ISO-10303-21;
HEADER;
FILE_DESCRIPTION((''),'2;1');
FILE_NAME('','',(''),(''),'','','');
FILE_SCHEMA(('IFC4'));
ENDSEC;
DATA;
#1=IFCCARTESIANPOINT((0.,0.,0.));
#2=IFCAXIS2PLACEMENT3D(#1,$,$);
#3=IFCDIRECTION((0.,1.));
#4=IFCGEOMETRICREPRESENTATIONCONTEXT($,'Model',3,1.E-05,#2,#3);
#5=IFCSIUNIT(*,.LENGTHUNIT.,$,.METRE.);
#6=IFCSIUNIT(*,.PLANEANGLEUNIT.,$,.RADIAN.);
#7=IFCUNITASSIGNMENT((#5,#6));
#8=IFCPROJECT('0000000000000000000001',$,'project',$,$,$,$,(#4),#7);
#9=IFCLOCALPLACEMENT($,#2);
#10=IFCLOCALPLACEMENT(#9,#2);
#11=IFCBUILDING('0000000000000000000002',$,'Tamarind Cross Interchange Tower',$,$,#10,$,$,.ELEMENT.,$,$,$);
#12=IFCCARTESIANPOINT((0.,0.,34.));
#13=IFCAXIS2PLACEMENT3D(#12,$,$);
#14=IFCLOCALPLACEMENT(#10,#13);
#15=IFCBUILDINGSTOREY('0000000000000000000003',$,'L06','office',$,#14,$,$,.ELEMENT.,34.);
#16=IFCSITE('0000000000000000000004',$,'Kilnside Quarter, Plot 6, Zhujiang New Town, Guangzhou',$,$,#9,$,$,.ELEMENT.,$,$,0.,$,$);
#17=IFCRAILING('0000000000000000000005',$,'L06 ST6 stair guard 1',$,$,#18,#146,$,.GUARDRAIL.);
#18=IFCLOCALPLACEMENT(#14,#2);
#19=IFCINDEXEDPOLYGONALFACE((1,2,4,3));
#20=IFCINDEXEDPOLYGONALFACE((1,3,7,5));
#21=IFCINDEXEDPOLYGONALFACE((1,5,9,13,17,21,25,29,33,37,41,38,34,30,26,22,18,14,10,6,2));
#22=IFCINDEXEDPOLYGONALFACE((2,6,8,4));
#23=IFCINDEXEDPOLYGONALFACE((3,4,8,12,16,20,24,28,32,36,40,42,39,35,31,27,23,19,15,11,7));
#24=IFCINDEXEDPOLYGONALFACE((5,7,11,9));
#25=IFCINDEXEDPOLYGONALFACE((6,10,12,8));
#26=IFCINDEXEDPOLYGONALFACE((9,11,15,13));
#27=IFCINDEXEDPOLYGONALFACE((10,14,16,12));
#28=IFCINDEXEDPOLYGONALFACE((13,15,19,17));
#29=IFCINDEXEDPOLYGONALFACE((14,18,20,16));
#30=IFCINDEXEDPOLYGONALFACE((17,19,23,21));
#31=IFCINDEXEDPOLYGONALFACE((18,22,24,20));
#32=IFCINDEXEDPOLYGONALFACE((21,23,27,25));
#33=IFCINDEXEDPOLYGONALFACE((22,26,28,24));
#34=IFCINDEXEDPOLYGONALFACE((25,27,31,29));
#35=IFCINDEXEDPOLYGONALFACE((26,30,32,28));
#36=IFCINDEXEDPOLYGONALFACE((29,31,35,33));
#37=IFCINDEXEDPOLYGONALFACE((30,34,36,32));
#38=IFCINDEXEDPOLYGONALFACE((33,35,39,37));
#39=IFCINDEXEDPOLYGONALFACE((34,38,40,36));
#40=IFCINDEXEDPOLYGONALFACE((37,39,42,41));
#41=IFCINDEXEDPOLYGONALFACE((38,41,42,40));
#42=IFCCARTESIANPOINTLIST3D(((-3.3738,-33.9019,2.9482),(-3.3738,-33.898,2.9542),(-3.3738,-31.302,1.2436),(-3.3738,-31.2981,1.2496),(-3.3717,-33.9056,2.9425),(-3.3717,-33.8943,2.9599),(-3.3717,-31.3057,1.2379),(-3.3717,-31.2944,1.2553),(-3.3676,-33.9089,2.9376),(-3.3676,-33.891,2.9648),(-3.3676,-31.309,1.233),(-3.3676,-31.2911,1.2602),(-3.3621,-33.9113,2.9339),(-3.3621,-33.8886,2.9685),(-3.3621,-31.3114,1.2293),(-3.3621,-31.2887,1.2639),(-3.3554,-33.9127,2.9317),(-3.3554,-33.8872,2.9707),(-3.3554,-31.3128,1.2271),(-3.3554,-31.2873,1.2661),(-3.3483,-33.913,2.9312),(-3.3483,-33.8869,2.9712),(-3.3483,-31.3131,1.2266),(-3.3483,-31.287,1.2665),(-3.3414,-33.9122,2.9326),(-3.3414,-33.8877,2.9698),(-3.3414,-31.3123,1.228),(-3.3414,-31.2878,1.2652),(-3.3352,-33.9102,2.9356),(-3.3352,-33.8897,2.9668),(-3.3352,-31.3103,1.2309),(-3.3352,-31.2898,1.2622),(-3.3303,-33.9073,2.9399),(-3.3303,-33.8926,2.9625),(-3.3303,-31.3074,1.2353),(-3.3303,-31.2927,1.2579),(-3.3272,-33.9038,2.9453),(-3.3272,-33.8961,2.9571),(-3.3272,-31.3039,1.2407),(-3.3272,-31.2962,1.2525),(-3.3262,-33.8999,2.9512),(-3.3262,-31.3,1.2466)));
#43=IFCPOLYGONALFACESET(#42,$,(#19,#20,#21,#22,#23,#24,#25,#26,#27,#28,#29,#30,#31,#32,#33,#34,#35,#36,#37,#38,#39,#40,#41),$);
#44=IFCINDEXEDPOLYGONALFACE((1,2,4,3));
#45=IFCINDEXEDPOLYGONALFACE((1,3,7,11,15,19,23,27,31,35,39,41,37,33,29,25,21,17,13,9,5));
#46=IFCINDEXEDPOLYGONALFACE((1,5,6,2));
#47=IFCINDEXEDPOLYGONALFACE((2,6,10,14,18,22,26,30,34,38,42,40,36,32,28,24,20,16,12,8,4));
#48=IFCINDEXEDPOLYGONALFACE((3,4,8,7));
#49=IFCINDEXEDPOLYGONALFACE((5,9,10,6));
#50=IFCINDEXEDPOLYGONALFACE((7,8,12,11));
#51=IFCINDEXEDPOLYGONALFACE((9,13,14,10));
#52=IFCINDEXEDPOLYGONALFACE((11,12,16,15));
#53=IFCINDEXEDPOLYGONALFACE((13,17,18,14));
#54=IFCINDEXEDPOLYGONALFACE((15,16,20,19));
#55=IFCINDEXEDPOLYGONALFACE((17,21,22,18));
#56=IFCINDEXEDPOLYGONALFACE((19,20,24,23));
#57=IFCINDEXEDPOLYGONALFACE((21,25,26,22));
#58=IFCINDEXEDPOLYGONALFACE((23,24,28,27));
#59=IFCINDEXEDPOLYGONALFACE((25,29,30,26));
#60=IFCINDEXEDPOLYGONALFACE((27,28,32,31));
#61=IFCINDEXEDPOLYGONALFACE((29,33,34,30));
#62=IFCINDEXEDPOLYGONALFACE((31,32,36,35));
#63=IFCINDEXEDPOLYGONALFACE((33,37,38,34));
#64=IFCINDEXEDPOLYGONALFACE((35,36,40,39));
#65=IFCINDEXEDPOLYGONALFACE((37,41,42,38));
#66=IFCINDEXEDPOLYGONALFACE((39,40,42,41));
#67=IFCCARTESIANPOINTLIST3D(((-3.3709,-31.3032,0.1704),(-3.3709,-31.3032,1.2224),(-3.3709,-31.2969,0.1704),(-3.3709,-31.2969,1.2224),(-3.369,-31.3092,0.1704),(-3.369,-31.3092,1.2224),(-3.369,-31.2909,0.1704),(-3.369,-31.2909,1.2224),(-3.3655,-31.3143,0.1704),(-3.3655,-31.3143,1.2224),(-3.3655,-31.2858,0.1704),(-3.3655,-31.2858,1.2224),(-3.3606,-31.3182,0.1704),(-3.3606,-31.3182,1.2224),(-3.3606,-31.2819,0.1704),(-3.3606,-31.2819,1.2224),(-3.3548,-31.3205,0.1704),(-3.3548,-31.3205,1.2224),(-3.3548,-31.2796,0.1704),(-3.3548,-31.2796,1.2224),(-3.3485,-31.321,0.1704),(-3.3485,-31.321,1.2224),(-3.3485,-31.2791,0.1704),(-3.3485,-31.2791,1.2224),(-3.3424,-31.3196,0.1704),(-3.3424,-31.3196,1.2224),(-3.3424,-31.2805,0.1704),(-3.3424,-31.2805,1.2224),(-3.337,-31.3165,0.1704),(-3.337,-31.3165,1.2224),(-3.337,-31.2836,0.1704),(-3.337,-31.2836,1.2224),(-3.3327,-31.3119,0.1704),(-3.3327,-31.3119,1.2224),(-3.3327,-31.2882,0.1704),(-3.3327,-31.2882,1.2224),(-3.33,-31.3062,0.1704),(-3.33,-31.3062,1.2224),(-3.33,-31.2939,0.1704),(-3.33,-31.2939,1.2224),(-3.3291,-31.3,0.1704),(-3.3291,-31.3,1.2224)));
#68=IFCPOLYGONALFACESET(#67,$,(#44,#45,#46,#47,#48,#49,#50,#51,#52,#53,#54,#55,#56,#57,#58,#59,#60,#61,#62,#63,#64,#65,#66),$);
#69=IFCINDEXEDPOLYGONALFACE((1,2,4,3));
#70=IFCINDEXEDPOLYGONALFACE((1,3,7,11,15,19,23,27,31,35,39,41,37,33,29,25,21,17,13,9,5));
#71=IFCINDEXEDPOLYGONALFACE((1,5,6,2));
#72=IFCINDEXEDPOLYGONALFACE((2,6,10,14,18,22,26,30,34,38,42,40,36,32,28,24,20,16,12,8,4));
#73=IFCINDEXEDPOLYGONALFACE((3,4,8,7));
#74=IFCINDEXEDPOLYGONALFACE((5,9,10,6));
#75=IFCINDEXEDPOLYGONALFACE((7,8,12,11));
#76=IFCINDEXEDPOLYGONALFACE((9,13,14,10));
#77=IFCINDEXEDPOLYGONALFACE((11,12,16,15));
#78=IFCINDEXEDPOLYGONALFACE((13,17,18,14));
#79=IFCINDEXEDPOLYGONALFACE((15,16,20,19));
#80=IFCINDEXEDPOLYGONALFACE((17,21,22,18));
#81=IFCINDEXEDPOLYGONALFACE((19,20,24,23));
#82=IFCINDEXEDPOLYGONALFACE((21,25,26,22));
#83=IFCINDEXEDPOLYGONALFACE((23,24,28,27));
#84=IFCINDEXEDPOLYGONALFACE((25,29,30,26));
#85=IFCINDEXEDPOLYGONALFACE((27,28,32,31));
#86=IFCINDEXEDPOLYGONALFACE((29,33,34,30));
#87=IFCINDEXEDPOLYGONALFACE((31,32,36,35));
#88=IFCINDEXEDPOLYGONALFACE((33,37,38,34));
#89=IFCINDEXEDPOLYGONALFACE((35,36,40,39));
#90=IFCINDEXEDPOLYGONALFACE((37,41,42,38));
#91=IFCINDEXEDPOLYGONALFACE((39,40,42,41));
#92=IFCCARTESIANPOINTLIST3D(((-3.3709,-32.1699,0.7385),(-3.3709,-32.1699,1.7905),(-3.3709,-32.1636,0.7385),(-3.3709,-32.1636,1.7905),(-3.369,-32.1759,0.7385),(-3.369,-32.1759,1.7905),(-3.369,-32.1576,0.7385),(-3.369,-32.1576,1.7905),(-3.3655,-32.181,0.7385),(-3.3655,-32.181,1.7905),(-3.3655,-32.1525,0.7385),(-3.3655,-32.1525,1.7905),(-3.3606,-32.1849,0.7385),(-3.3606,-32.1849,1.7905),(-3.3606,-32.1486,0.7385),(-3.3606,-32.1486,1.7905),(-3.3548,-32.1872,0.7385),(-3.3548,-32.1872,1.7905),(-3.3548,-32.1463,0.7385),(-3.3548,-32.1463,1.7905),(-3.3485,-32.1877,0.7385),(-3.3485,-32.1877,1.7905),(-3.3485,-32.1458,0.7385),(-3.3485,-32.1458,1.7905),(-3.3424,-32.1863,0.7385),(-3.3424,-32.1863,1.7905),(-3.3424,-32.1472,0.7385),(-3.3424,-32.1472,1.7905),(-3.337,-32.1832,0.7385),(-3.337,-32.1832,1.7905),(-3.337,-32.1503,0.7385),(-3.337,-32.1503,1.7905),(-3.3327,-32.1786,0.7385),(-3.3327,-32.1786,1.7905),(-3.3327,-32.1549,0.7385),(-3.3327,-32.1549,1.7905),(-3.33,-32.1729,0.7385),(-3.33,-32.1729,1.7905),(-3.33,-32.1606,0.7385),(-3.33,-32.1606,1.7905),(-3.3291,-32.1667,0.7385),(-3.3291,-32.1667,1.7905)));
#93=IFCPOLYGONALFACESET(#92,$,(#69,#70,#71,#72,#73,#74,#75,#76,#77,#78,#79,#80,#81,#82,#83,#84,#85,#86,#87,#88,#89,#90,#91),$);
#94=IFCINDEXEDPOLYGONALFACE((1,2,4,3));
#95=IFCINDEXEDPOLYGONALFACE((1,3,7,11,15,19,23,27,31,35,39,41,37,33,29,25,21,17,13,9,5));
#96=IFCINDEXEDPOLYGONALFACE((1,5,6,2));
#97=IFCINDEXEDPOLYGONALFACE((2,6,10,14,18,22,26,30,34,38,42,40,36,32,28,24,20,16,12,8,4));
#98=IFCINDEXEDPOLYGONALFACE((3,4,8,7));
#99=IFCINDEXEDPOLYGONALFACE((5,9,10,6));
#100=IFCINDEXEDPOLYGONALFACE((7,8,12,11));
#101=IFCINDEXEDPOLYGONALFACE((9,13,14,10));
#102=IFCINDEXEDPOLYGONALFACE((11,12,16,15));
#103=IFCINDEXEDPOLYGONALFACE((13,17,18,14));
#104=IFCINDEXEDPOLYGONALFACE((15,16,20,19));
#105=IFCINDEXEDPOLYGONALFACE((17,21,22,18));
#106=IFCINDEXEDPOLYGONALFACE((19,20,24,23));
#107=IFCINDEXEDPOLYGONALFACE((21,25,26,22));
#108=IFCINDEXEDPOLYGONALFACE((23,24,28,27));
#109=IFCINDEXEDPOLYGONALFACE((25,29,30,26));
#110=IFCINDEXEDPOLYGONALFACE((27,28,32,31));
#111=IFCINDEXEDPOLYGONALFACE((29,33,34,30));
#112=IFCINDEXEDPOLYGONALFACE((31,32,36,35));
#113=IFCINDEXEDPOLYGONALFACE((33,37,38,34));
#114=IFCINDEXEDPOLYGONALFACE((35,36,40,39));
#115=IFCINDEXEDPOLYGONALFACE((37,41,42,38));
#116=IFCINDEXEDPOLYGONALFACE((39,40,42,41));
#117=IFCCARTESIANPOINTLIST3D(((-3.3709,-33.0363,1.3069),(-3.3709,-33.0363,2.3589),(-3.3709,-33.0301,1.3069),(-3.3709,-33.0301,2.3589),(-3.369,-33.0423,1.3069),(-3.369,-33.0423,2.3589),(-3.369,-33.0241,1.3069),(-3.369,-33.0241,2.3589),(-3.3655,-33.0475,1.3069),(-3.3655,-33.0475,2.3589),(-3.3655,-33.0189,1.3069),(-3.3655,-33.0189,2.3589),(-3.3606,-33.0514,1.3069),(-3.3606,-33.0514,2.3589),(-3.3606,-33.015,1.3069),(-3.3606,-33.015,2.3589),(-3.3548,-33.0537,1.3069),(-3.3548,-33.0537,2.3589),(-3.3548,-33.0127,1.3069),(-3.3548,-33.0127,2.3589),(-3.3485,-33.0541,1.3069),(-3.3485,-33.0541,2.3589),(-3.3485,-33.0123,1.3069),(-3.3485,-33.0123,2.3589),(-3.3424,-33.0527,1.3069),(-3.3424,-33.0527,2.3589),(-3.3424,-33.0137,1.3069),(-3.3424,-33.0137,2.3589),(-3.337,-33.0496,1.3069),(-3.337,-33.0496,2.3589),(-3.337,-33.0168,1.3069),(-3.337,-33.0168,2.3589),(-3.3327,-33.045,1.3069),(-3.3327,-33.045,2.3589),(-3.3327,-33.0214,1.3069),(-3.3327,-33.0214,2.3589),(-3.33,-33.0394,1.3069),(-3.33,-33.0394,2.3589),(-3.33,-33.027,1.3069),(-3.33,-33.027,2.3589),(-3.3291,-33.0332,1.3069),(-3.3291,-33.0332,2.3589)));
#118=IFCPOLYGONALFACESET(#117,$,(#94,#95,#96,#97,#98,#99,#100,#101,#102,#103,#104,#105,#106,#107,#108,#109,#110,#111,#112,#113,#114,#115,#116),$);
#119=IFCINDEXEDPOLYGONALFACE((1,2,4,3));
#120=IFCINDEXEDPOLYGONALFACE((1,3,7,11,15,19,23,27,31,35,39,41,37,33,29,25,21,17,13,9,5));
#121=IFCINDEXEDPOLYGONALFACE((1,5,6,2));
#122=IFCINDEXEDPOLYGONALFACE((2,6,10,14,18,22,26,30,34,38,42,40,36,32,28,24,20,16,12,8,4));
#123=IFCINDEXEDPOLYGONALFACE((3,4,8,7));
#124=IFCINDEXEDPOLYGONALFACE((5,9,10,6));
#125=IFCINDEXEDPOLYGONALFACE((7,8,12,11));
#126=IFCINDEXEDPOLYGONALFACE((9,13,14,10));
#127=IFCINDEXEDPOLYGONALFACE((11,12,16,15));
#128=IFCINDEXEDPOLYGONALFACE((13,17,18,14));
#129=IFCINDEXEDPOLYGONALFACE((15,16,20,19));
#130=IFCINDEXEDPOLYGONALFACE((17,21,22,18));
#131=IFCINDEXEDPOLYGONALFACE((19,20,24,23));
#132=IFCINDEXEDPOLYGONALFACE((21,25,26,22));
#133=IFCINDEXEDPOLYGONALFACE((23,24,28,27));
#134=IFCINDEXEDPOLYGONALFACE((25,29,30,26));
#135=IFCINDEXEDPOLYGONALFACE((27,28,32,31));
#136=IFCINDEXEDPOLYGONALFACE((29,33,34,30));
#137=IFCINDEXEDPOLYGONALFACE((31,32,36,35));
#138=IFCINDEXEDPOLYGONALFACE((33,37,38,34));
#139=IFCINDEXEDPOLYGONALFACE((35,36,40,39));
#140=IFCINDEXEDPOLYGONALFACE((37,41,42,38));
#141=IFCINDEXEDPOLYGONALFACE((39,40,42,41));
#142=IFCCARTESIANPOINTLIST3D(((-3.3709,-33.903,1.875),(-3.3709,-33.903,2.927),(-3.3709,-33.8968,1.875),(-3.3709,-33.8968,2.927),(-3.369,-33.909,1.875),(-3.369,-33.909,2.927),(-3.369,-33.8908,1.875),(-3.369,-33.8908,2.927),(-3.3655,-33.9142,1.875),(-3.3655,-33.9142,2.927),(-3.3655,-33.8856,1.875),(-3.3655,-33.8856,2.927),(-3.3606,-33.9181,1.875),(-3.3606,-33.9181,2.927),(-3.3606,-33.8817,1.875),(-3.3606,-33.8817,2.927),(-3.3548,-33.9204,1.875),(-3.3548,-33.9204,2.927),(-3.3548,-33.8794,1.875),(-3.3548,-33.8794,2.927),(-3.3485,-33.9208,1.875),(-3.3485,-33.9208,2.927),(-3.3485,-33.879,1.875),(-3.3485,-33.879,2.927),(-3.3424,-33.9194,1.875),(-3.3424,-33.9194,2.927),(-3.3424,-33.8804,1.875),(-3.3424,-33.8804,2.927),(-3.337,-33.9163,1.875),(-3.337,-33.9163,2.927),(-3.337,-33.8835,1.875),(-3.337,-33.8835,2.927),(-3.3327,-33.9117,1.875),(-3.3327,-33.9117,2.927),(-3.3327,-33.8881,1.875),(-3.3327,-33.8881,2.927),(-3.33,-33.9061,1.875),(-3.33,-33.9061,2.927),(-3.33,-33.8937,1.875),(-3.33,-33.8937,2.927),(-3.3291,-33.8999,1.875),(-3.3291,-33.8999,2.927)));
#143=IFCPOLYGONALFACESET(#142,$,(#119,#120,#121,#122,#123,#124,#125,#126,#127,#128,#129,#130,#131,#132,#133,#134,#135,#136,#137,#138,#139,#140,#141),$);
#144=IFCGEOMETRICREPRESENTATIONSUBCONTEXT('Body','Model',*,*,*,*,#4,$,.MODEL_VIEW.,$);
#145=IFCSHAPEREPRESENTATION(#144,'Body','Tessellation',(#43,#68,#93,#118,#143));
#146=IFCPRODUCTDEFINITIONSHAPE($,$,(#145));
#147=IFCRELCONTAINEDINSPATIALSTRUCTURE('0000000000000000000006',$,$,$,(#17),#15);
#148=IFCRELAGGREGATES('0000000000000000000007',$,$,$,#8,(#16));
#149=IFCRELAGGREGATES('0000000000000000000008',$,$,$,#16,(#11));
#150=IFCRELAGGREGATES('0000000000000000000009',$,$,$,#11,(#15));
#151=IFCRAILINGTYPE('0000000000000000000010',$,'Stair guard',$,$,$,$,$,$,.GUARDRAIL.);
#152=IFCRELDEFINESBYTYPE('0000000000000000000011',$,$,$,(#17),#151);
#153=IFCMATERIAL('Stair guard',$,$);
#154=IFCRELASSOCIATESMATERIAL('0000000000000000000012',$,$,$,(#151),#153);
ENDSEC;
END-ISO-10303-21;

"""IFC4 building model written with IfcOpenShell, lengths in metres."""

from ifc_helpers import new_model, si_unit, direction, frame, origin, origin_2d, place, context, subcontext, project, spatial, circle, extrude, material, type_object, element, save


model = new_model("IFC4")

# Units and contexts
model_context = context("Model", 3, precision=1e-05, world=origin(), true_north=direction((0.0, 1.0)))
body_context = subcontext(model_context, "Body", "Model", "MODEL_VIEW")
ifc_project = project(units=[si_unit("LENGTHUNIT", "METRE"), si_unit("PLANEANGLEUNIT", "RADIAN")], contexts=[model_context])

# Site, building, storey
site_placement = place(None, origin())
site = spatial("IfcSite", under=ifc_project, at=site_placement, Name="Kilnside Quarter, Plot 6, Zhujiang New Town, Guangzhou", CompositionType="ELEMENT", RefElevation=0.0)
building_placement = place(site_placement, origin())
building = spatial("IfcBuilding", under=site, at=building_placement, Name="Tamarind Cross Interchange Tower", CompositionType="ELEMENT")
storey_placement = place(building_placement, frame((0.0, 0.0, 34.0)))
storey = spatial("IfcBuildingStorey", under=building, at=storey_placement, Name="L06", Description="office", CompositionType="ELEMENT", Elevation=34.0)

# Railing
ifc_material_1 = material(Name="Stair guard")
railing_type_1 = type_object("IfcRailingType", Name="Stair guard", PredefinedType="GUARDRAIL", material=ifc_material_1)
railing_1_placement = place(storey_placement, frame((-3.3501, -31.3, 0.1704)))
element("IfcRailing", 1, at=railing_1_placement, inside=storey, type_object=railing_type_1, Name="L06 ST6 stair guard 1", PredefinedType="GUARDRAIL", context=body_context, shape_type="SweptSolid", body=[
    extrude(circle(Radius=0.0239, at=origin_2d()), frame((0.0, 0.0, 1.0762), z_axis=(0.0, -0.836279, 0.548305), x_axis=(1.0, 0.0, 0.0)), (0.0, 0.0, 1.0), 3.1089),
    extrude(circle(Radius=0.021, at=origin_2d()), origin(), (0.0, 0.0, 1.0), 1.052),
    extrude(circle(Radius=0.021, at=origin_2d()), frame((0.0, -0.8667, 0.5681)), (0.0, 0.0, 1.0), 1.052),
    extrude(circle(Radius=0.021, at=origin_2d()), frame((0.0, -1.7332, 1.1365)), (0.0, 0.0, 1.0), 1.052),
    extrude(circle(Radius=0.021, at=origin_2d()), frame((0.0, -2.5999, 1.7046)), (0.0, 0.0, 1.0), 1.052),
])

save(model, "model.ifc")
